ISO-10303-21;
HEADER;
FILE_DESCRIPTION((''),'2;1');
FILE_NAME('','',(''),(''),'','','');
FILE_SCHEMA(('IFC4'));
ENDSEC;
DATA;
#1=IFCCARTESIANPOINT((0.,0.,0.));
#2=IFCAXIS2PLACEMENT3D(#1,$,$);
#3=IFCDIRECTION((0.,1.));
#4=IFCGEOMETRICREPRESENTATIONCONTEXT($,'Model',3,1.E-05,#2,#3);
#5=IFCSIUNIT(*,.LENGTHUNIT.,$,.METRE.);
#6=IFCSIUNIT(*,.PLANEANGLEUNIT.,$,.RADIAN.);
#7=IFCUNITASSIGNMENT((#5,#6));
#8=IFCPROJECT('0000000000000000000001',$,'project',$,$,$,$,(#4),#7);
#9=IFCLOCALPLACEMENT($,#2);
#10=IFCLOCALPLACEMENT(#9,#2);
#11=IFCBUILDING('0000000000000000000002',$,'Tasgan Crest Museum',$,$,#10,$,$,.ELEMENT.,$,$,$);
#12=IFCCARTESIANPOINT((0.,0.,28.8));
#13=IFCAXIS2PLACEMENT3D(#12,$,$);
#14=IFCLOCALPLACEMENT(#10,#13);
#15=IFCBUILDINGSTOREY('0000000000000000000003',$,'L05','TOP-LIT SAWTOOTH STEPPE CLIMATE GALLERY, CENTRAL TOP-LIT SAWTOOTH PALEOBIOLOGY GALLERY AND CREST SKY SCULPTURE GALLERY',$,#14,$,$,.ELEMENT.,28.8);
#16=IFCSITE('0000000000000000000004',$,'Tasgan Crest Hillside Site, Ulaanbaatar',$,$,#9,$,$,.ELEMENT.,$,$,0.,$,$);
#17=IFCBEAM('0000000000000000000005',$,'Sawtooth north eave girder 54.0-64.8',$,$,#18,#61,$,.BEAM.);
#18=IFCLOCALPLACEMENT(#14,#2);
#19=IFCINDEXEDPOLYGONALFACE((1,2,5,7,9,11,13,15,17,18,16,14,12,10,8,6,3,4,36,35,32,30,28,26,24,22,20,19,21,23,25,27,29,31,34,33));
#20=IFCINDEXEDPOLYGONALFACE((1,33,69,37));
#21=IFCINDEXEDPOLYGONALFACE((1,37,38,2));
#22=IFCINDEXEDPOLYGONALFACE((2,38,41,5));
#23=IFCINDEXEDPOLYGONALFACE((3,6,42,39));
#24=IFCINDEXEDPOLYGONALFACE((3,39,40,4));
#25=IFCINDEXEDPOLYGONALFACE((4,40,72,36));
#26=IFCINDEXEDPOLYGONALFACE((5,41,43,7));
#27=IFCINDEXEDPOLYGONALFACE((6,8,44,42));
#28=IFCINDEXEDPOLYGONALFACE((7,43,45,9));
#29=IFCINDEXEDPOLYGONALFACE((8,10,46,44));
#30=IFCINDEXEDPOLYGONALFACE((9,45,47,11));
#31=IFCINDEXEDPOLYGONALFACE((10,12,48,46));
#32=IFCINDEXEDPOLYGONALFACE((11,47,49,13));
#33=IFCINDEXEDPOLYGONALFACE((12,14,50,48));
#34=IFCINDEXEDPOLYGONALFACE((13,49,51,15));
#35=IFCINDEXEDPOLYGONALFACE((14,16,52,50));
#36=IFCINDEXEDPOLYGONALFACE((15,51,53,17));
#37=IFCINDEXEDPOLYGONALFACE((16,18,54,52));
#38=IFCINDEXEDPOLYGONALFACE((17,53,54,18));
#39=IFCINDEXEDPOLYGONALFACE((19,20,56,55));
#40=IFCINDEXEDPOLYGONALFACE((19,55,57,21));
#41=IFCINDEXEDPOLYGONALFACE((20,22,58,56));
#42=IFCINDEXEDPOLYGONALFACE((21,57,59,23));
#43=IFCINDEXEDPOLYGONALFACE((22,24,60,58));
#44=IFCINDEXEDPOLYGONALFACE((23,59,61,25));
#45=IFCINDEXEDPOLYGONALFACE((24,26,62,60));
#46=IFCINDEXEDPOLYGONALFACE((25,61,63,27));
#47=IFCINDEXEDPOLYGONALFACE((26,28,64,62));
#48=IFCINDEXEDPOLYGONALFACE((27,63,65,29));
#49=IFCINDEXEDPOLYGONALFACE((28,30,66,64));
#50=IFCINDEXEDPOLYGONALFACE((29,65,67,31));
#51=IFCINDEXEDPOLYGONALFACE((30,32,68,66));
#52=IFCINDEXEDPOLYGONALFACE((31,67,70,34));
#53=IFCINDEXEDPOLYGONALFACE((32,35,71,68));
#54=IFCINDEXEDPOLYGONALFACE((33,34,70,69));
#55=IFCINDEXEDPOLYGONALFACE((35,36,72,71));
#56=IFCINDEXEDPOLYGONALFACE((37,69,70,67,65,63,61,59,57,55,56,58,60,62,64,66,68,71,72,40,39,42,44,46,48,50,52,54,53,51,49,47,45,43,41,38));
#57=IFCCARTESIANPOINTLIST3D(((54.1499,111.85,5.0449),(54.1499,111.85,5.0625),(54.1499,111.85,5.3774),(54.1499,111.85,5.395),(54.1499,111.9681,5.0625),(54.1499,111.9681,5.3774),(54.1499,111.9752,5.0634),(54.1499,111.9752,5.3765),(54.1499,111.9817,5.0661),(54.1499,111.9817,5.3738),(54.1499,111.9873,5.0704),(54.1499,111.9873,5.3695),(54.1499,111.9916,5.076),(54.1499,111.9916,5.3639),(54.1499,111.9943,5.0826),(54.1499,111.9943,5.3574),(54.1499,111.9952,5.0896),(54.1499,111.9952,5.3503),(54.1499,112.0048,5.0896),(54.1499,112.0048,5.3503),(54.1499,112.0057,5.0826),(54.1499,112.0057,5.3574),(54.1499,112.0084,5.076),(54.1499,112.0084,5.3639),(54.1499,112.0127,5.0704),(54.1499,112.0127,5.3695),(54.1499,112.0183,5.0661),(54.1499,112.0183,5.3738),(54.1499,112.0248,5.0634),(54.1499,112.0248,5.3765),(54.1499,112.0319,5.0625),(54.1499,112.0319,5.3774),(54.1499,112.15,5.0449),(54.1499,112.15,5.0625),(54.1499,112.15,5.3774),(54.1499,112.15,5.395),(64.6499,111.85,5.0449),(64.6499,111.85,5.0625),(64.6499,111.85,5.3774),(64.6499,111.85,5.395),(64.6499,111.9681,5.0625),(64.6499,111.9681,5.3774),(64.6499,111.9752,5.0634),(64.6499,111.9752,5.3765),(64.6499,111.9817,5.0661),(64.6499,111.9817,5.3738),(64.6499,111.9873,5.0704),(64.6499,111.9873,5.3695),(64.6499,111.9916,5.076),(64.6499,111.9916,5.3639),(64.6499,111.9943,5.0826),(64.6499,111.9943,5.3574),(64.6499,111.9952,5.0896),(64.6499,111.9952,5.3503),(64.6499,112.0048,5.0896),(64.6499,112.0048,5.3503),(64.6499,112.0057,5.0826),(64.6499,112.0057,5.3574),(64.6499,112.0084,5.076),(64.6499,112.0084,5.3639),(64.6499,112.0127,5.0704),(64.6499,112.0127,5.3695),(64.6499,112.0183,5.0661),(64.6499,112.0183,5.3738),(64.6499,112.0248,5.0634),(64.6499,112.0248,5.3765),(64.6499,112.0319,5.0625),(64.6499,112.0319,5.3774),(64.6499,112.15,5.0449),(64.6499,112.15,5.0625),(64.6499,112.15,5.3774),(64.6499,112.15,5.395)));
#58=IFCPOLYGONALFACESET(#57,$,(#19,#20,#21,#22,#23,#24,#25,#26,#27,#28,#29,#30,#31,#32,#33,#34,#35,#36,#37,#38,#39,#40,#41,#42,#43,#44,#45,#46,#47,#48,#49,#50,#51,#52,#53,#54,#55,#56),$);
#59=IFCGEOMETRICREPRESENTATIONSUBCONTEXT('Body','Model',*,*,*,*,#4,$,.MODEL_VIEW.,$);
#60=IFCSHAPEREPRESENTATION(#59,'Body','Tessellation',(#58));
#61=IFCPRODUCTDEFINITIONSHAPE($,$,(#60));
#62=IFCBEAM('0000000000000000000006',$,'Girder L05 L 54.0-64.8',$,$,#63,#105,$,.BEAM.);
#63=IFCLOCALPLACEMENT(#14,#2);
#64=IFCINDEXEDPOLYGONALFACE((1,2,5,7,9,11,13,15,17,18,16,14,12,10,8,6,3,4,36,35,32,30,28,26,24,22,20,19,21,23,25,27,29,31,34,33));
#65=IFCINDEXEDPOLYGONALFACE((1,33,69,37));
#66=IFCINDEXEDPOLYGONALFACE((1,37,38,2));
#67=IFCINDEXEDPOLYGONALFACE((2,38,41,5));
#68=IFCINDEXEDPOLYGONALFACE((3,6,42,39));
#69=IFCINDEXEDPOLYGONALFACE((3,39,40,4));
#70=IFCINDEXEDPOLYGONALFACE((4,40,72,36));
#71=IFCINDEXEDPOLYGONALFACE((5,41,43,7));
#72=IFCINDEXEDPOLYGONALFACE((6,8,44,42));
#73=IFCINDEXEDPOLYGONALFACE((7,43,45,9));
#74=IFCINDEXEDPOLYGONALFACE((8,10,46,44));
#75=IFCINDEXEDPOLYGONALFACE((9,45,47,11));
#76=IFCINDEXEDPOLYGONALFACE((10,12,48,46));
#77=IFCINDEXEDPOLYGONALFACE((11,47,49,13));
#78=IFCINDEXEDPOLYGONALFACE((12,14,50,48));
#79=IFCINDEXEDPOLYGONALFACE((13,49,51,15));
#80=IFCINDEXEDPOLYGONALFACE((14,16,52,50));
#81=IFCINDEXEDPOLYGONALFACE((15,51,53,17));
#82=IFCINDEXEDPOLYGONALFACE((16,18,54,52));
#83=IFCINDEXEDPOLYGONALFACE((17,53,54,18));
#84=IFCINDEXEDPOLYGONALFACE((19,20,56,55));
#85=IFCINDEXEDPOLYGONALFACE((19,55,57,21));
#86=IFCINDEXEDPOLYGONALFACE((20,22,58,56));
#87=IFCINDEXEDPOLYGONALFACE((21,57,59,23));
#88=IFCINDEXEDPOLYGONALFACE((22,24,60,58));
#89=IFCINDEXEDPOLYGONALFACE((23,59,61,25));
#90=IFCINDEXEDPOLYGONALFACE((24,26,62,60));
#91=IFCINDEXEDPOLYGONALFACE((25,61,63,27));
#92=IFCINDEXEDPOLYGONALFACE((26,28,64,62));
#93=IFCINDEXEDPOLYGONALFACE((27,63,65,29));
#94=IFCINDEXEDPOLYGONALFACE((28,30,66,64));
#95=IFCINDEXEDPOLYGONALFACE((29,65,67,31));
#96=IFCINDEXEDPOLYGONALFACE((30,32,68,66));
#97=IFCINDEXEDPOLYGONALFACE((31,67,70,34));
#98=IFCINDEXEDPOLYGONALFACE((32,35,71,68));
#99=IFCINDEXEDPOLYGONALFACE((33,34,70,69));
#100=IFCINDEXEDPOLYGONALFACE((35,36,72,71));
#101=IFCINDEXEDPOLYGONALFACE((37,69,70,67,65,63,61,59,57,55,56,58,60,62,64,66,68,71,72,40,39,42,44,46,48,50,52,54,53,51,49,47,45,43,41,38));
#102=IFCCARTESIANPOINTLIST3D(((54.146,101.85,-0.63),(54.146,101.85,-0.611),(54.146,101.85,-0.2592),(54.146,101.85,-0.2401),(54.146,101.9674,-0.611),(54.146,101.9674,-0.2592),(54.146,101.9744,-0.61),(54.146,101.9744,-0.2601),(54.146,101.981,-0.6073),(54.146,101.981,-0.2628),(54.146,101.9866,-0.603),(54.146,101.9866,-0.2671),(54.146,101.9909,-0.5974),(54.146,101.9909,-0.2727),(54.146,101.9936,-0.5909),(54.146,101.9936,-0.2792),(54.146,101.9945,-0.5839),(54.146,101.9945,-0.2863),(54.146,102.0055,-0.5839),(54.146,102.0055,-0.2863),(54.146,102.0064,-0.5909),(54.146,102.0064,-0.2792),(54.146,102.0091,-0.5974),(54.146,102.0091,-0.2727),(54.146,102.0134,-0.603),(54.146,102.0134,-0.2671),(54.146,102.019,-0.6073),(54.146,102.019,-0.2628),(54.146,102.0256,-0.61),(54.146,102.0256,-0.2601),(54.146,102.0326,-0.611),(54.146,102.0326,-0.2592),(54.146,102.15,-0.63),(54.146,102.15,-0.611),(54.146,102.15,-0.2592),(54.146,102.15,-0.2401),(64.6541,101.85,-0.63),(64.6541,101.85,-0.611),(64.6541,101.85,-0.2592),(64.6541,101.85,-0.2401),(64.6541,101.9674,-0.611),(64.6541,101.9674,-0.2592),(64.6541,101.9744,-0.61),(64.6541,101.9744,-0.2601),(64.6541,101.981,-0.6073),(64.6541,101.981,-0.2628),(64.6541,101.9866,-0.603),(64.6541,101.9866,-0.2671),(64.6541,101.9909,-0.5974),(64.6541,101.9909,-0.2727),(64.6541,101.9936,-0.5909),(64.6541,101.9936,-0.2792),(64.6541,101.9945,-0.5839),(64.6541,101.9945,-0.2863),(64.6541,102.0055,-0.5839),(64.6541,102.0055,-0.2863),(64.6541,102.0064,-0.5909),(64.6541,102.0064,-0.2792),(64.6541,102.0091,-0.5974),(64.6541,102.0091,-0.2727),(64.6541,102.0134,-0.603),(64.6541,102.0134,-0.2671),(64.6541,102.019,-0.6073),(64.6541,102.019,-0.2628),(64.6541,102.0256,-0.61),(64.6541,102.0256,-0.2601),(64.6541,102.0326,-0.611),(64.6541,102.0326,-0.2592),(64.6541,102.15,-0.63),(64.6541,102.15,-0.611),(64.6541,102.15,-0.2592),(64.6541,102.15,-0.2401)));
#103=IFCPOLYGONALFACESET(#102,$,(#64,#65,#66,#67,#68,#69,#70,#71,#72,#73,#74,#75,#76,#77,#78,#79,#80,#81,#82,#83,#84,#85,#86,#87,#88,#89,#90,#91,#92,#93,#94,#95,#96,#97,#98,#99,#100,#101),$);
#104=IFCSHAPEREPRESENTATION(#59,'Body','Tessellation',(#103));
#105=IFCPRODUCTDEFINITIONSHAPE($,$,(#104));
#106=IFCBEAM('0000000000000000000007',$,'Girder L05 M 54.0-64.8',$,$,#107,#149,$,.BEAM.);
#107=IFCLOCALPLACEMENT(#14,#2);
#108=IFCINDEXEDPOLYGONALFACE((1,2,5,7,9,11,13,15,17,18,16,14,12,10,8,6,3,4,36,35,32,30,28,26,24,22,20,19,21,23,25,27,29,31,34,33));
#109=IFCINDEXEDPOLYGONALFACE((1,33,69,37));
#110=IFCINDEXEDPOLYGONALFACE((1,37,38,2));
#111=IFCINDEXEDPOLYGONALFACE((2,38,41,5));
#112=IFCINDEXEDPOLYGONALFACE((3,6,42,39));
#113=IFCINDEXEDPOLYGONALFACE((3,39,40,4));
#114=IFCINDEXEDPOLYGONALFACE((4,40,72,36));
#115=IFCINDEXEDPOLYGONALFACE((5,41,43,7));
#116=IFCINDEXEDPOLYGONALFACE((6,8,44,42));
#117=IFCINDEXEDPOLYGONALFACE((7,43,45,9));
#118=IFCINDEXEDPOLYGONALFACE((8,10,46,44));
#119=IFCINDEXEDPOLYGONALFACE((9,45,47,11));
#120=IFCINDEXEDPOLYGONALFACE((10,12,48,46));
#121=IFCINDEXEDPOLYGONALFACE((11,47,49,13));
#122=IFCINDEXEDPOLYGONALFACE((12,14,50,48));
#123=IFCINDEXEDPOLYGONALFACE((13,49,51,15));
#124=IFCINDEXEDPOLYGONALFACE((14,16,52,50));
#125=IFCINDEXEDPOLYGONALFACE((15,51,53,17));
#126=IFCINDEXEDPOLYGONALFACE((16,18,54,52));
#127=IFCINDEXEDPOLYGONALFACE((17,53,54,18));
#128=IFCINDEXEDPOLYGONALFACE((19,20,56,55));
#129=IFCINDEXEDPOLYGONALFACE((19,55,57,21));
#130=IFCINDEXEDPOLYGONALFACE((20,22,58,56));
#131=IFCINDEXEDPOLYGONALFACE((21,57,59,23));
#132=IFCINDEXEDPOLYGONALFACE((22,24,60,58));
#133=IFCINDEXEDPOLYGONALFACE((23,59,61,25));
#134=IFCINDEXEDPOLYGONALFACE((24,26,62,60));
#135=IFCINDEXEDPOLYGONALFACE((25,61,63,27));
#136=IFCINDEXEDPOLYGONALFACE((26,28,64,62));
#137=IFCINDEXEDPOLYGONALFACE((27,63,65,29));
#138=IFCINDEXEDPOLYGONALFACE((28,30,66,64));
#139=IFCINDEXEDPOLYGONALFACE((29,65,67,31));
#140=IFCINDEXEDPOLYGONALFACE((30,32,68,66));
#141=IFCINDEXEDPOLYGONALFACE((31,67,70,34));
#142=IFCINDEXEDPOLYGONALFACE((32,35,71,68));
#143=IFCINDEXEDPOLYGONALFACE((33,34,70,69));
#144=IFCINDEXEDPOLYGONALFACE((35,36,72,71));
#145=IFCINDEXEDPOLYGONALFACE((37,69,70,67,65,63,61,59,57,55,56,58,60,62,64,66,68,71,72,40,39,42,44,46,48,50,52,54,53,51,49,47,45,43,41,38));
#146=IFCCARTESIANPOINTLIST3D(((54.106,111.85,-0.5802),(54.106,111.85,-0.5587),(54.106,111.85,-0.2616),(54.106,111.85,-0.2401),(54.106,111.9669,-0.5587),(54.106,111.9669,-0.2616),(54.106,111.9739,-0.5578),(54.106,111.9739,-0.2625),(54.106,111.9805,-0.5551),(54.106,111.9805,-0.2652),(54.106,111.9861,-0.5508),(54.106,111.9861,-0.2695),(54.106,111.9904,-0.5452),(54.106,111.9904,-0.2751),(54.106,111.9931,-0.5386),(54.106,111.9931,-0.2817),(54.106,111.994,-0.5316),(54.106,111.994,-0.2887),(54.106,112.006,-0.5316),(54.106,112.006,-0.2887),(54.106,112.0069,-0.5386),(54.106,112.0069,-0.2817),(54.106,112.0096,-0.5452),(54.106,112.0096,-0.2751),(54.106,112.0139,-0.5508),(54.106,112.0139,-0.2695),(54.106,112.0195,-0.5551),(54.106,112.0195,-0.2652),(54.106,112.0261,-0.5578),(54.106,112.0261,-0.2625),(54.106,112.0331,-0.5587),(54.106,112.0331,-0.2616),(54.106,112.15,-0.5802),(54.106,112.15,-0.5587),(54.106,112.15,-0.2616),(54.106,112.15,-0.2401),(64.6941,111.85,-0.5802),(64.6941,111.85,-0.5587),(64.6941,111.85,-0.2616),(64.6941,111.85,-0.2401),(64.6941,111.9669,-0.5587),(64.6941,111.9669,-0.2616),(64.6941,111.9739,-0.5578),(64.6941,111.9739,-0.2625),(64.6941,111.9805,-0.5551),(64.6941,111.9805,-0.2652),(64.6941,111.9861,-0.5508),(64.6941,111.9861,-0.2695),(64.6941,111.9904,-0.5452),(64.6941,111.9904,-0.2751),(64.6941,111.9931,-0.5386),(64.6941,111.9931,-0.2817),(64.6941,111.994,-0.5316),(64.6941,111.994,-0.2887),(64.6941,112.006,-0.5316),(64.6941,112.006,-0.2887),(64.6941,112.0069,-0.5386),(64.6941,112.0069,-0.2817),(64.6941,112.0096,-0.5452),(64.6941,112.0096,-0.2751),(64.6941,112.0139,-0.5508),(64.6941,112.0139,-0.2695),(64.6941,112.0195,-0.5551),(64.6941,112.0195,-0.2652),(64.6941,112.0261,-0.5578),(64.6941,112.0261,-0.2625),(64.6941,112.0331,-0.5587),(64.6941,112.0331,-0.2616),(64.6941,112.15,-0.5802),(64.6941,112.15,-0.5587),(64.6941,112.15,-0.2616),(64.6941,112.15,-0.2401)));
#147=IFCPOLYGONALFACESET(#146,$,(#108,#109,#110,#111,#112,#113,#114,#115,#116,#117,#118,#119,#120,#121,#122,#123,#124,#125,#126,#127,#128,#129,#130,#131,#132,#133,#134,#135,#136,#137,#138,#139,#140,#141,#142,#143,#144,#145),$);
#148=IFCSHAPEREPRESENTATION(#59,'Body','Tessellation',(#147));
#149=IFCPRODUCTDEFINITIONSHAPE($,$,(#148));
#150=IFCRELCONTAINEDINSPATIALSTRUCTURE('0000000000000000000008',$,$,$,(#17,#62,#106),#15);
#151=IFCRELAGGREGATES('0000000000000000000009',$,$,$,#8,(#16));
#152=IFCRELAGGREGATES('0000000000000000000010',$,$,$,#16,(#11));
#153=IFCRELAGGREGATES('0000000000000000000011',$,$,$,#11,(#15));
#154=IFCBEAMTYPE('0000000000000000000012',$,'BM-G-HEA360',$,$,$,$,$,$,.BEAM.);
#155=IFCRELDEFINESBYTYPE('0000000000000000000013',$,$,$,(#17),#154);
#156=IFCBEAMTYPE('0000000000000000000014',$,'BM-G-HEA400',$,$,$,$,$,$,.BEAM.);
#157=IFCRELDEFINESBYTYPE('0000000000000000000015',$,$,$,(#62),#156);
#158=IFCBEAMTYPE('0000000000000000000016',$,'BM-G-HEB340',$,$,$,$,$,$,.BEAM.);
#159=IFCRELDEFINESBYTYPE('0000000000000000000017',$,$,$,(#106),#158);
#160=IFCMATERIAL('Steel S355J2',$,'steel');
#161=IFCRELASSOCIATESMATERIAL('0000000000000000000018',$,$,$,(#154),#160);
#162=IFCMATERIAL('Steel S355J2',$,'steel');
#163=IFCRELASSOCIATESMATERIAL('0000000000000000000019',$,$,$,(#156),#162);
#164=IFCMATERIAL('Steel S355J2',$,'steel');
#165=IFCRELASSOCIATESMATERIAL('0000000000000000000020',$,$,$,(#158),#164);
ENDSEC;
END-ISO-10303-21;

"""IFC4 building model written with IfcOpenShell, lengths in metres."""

from ifc_helpers import new_model, si_unit, direction, frame, origin, origin_2d, place, context, subcontext, project, spatial, i_section, extrude, material, material_profile, profile_set, type_object, element, save


model = new_model("IFC4")

# Units and contexts
model_context = context("Model", 3, precision=1e-05, world=origin(), true_north=direction((0.0, 1.0)))
body_context = subcontext(model_context, "Body", "Model", "MODEL_VIEW")
ifc_project = project(units=[si_unit("LENGTHUNIT", "METRE"), si_unit("PLANEANGLEUNIT", "RADIAN")], contexts=[model_context])

# Site, building, storey
site_placement = place(None, origin())
site = spatial("IfcSite", under=ifc_project, at=site_placement, Name="Tasgan Crest Hillside Site, Ulaanbaatar", CompositionType="ELEMENT", RefElevation=0.0)
building_placement = place(site_placement, origin())
building = spatial("IfcBuilding", under=site, at=building_placement, Name="Tasgan Crest Museum", CompositionType="ELEMENT")
storey_placement = place(building_placement, frame((0.0, 0.0, 28.8)))
storey = spatial("IfcBuildingStorey", under=building, at=storey_placement, Name="L05", Description="TOP-LIT SAWTOOTH STEPPE CLIMATE GALLERY, CENTRAL TOP-LIT SAWTOOTH PALEOBIOLOGY GALLERY AND CREST SKY SCULPTURE GALLERY", CompositionType="ELEMENT", Elevation=28.8)

# Beams
ifc_material_1 = material(Name="Steel S355J2", Category="steel")
ifc_material_profile_1 = material_profile(ifc_material_1, i_section(OverallWidth=0.3, OverallDepth=0.3501, WebThickness=0.0095, FlangeThickness=0.0176, FilletRadius=0.0271, at=origin_2d()), Name="HEA 360")
ifc_profile_set_1 = profile_set([ifc_material_profile_1], Name="Steel S355J2")
beam_type_1 = type_object("IfcBeamType", Name="BM-G-HEA360", PredefinedType="BEAM", material=ifc_profile_set_1)
for number, where, z_axis, x_axis, name in (
    (1, (54.1499, 112.0, 5.22), (1.0, 0.0, 0.0), (0.0, 1.0, 0.0), "Sawtooth north eave girder 54.0-64.8"),
):
    element("IfcBeam", number, at=place(storey_placement, frame(where, z_axis=z_axis, x_axis=x_axis)), inside=storey, type_object=beam_type_1, Name=name, PredefinedType="BEAM", context=body_context, shape_type="SweptSolid", body=[
        extrude(i_section(OverallWidth=0.3, OverallDepth=0.3501, WebThickness=0.0095, FlangeThickness=0.0176, FilletRadius=0.0271, at=origin_2d()), origin(), (0.0, 0.0, 1.0), 10.5),
    ])
ifc_material_2 = material(Name="Steel S355J2", Category="steel")
ifc_material_profile_2 = material_profile(ifc_material_2, i_section(OverallWidth=0.3, OverallDepth=0.3899, WebThickness=0.011, FlangeThickness=0.019, FilletRadius=0.0271, at=origin_2d()), Name="HEA 400")
ifc_profile_set_2 = profile_set([ifc_material_profile_2], Name="Steel S355J2")
beam_type_2 = type_object("IfcBeamType", Name="BM-G-HEA400", PredefinedType="BEAM", material=ifc_profile_set_2)
beam_1_placement = place(storey_placement, frame((54.146, 102.0, -0.4351), z_axis=(1.0, 0.0, 0.0), x_axis=(0.0, 1.0, 0.0)))
element("IfcBeam", 2, at=beam_1_placement, inside=storey, type_object=beam_type_2, Name="Girder L05 L 54.0-64.8", PredefinedType="BEAM", context=body_context, shape_type="SweptSolid", body=[
    extrude(i_section(OverallWidth=0.3, OverallDepth=0.3899, WebThickness=0.011, FlangeThickness=0.019, FilletRadius=0.0271, at=origin_2d()), origin(), (0.0, 0.0, 1.0), 10.5081),
])
ifc_material_3 = material(Name="Steel S355J2", Category="steel")
ifc_material_profile_3 = material_profile(ifc_material_3, i_section(OverallWidth=0.3, OverallDepth=0.3401, WebThickness=0.012, FlangeThickness=0.0215, FilletRadius=0.0271, at=origin_2d()), Name="HEB 340")
ifc_profile_set_3 = profile_set([ifc_material_profile_3], Name="Steel S355J2")
beam_type_3 = type_object("IfcBeamType", Name="BM-G-HEB340", PredefinedType="BEAM", material=ifc_profile_set_3)
beam_2_placement = place(storey_placement, frame((54.106, 112.0, -0.4102), z_axis=(1.0, 0.0, 0.0), x_axis=(0.0, 1.0, 0.0)))
element("IfcBeam", 3, at=beam_2_placement, inside=storey, type_object=beam_type_3, Name="Girder L05 M 54.0-64.8", PredefinedType="BEAM", context=body_context, shape_type="SweptSolid", body=[
    extrude(i_section(OverallWidth=0.3, OverallDepth=0.3401, WebThickness=0.012, FlangeThickness=0.0215, FilletRadius=0.0271, at=origin_2d()), origin(), (0.0, 0.0, 1.0), 10.5881),
])

save(model, "model.ifc")
